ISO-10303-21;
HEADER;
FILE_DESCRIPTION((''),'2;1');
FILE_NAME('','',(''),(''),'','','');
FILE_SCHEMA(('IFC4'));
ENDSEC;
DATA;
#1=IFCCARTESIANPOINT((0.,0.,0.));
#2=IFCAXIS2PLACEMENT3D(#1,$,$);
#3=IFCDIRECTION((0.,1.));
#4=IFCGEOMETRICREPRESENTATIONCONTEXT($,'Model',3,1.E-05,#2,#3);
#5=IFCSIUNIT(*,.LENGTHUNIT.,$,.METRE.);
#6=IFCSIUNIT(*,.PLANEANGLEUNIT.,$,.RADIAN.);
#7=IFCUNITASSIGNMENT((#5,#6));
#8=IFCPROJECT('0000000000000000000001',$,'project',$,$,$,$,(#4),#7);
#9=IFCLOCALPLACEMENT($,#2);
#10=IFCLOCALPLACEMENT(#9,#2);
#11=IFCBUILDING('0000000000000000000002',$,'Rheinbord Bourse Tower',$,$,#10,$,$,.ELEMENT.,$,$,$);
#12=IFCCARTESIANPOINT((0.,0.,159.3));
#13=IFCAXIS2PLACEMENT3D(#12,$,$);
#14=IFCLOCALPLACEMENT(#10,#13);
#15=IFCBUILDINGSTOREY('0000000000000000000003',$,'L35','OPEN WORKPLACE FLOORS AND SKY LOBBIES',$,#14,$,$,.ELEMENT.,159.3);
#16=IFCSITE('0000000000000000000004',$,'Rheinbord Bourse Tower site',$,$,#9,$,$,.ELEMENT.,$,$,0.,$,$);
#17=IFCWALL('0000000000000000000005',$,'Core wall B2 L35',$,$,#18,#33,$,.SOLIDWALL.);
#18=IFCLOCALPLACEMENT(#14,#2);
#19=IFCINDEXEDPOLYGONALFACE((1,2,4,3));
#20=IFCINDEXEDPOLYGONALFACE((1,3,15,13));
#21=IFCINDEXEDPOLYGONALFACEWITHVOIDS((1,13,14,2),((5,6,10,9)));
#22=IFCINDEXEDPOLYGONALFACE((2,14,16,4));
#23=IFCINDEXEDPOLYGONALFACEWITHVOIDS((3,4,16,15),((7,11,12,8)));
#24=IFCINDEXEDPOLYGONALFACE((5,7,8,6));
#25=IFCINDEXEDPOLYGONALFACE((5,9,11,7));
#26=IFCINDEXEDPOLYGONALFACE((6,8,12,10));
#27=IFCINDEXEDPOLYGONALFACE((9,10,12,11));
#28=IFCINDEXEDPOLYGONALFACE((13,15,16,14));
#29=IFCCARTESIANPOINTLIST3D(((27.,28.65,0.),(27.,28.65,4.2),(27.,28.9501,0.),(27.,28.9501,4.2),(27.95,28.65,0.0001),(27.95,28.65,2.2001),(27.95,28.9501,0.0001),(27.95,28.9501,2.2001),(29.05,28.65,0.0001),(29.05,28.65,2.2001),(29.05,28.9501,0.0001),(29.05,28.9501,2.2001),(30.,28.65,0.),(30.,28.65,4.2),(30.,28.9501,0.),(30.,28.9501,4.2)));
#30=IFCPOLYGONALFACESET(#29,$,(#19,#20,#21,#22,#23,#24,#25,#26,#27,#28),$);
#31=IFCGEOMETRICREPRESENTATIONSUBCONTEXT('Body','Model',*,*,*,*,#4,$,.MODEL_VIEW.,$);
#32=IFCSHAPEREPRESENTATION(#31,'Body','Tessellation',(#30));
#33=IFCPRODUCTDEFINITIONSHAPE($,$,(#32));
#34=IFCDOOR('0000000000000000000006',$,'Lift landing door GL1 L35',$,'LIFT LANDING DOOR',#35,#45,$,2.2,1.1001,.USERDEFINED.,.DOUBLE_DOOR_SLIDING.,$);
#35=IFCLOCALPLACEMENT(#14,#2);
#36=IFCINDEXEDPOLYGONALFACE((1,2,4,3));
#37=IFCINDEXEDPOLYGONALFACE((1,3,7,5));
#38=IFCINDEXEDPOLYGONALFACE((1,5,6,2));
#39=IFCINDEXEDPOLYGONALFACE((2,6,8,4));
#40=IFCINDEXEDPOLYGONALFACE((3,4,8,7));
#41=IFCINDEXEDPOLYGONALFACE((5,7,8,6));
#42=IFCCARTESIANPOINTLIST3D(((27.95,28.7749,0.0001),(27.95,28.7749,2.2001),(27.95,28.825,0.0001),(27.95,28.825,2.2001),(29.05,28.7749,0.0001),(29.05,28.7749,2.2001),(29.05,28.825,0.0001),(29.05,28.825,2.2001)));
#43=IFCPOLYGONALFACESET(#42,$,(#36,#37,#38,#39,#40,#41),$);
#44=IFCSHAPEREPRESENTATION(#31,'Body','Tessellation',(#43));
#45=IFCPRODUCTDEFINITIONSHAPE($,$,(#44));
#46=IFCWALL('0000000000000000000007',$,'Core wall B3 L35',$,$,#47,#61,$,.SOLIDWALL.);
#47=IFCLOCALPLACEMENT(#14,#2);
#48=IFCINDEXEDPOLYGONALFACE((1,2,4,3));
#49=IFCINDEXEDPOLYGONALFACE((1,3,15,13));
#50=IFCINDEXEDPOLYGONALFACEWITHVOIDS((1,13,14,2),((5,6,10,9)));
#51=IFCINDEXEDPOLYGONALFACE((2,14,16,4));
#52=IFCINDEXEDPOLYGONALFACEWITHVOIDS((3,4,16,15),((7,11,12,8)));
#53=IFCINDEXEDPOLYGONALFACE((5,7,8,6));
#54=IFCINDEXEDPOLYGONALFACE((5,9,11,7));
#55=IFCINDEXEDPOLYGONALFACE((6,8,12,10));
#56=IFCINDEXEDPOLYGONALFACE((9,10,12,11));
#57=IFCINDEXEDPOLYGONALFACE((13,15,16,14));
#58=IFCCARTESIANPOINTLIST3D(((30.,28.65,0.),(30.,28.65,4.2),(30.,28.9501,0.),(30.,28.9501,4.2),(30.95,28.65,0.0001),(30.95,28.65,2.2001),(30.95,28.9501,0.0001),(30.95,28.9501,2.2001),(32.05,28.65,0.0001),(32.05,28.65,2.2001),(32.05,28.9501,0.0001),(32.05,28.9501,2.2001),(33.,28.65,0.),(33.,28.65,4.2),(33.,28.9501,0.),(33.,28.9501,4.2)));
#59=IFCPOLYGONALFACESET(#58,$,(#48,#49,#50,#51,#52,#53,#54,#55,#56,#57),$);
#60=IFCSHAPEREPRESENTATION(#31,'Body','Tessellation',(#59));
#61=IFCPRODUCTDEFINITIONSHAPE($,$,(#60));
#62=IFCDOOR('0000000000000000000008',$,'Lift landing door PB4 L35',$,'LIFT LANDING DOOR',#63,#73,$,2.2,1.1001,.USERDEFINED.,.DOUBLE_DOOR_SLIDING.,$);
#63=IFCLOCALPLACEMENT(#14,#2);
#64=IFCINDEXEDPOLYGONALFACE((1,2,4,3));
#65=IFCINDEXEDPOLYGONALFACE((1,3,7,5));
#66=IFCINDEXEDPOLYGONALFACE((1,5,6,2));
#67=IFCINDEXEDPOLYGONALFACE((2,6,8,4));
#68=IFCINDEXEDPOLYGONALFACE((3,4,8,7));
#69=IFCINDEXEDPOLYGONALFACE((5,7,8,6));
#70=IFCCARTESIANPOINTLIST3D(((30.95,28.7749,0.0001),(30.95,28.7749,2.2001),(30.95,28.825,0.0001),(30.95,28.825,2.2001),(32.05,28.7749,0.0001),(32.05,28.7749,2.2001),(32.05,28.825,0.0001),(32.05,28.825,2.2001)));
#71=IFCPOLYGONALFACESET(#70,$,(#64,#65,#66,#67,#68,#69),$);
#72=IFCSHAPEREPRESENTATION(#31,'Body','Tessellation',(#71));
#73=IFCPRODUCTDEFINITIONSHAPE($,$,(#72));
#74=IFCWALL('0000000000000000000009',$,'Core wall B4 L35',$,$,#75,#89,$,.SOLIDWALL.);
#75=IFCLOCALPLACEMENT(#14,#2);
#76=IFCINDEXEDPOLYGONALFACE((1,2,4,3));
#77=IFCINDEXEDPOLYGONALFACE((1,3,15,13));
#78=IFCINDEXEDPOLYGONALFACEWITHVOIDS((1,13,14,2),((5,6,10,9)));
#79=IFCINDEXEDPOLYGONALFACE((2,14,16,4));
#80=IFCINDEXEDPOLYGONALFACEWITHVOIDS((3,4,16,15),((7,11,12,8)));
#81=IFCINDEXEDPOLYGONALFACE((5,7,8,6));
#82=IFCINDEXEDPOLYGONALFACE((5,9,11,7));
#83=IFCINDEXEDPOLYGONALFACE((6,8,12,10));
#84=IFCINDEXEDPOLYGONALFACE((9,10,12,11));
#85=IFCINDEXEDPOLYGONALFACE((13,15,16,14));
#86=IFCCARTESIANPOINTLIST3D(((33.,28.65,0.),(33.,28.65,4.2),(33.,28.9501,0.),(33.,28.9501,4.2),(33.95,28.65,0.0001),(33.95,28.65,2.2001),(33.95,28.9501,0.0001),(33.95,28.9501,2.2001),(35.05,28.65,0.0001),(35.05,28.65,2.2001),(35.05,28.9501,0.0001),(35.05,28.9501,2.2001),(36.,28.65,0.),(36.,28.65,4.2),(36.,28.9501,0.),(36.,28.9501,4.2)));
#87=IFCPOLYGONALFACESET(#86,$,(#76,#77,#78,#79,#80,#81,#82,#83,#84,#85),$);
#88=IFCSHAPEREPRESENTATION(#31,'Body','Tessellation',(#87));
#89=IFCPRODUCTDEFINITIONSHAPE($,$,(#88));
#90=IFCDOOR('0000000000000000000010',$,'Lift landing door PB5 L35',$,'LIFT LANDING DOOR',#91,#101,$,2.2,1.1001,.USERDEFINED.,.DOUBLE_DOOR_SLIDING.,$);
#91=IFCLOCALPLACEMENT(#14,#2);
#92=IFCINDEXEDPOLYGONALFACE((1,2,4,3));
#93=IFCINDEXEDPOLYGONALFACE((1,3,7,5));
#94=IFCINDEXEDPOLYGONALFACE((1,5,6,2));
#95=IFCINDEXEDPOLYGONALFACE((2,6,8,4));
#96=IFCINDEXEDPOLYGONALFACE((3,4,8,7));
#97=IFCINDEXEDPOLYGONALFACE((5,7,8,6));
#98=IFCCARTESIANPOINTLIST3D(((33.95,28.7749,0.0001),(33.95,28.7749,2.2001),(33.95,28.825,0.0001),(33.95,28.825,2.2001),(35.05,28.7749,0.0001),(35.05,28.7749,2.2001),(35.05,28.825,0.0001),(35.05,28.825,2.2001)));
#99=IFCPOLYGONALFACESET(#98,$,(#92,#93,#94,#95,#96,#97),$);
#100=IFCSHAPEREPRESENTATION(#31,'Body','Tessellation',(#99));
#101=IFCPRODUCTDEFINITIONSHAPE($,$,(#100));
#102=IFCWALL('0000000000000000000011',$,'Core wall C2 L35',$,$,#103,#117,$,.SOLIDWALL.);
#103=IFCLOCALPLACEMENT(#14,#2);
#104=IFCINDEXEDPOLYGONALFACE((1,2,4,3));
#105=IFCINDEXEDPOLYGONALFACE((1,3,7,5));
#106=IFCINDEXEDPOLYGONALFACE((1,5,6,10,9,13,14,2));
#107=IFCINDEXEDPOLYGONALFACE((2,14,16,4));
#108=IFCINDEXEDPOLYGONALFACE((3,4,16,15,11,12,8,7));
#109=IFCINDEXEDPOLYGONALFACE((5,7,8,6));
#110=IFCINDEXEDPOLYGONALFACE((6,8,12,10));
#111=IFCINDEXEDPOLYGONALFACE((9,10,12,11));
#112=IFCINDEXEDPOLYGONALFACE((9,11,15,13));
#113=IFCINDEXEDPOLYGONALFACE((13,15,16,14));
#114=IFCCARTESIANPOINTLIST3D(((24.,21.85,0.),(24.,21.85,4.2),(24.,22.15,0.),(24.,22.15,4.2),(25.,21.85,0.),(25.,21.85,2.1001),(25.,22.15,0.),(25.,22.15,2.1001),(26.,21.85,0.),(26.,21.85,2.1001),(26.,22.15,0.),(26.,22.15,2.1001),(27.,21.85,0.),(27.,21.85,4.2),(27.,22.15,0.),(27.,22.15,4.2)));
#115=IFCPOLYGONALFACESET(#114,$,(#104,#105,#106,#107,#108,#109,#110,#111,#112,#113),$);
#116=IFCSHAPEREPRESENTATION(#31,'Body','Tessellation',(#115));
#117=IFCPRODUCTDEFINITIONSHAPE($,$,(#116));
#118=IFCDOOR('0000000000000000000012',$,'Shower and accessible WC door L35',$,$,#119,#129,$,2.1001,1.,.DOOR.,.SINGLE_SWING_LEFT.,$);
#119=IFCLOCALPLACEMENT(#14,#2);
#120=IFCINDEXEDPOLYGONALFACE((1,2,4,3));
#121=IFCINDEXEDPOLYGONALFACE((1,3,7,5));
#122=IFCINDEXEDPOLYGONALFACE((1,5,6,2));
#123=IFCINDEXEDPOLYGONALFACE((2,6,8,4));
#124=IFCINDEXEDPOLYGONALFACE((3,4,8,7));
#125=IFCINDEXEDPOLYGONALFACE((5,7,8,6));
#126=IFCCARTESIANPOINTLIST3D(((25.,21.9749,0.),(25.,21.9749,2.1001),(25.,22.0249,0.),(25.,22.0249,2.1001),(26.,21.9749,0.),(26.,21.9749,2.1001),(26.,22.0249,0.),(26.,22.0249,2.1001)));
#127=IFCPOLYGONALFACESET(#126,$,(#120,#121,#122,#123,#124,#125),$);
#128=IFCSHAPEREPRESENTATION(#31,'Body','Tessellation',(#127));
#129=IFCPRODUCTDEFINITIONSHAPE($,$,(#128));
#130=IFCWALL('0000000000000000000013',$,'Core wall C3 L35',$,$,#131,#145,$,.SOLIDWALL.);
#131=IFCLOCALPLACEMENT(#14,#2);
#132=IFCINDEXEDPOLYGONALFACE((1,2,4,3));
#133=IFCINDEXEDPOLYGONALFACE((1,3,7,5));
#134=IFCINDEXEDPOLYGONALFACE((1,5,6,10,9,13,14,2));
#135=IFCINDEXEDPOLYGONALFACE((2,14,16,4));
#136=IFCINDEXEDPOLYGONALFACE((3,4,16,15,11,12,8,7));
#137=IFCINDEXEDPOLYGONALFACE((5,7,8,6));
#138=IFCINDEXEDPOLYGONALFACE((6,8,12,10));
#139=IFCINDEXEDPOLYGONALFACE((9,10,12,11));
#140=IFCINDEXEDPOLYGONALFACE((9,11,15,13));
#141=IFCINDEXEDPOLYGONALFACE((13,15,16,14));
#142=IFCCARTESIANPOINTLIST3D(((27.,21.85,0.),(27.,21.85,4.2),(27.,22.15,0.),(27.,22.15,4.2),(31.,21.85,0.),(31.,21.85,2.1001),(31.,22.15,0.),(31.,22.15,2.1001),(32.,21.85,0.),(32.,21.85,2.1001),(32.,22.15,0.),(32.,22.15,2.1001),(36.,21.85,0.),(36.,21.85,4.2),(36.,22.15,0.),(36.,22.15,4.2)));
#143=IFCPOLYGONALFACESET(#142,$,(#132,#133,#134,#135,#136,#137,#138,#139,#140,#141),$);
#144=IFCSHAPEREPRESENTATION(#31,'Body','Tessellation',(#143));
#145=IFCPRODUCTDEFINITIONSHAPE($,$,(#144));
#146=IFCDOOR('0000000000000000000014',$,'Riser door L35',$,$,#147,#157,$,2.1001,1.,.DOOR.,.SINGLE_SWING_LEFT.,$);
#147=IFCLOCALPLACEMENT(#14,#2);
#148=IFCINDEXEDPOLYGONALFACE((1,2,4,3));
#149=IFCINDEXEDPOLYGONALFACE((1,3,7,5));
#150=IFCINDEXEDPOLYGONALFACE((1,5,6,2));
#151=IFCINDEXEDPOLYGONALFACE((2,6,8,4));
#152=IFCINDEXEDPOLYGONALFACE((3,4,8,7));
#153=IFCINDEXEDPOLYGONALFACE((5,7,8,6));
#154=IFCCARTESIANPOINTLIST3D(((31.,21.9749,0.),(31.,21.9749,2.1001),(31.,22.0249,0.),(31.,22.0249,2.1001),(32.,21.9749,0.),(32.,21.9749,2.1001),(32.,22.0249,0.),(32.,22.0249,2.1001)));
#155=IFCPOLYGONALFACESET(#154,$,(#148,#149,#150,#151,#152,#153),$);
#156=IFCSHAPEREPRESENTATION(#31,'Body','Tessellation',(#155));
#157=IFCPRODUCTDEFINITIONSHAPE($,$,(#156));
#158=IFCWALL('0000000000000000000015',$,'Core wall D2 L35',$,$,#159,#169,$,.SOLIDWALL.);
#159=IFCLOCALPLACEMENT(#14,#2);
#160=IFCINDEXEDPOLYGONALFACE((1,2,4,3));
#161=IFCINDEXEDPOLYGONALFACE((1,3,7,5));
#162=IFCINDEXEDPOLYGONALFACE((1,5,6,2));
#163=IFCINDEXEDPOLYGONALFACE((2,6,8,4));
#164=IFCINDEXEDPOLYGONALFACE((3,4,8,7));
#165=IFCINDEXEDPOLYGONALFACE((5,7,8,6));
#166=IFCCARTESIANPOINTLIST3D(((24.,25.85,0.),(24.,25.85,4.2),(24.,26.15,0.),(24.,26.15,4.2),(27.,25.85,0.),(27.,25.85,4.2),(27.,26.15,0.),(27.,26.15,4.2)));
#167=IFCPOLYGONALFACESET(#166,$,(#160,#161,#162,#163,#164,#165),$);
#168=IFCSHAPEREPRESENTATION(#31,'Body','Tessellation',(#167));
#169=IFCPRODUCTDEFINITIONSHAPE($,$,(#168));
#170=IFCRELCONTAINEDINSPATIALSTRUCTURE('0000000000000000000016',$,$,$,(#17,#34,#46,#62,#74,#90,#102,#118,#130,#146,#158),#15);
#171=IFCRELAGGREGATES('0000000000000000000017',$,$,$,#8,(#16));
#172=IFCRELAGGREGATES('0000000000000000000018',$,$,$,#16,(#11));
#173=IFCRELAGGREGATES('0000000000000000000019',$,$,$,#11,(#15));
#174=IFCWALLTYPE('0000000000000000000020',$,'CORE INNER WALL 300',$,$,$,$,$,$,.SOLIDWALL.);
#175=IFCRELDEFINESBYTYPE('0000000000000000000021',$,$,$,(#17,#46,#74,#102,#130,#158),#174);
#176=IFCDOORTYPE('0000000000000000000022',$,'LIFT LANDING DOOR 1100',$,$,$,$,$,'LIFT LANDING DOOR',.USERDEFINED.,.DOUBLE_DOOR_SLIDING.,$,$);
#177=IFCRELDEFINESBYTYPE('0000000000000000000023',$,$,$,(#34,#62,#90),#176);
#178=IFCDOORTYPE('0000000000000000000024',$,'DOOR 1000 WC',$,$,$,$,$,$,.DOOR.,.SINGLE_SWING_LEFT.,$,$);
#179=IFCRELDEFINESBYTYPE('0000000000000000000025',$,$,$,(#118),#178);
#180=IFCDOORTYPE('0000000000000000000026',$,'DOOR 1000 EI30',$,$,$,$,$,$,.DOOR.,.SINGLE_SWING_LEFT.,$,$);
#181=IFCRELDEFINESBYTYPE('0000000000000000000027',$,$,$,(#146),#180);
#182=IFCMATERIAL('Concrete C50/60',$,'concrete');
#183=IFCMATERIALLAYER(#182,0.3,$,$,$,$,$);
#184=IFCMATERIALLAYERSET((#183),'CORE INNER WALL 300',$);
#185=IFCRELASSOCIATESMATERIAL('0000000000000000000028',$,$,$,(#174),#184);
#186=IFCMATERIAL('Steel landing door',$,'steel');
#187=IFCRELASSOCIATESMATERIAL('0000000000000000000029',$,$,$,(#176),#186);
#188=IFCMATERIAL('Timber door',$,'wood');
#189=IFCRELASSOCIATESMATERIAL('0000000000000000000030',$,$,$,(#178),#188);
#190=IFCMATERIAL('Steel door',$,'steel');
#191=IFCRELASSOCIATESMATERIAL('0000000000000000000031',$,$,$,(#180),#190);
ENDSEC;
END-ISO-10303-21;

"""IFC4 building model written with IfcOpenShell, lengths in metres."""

from ifc_helpers import new_model, si_unit, direction, frame, frame_2d, origin, place, context, subcontext, project, spatial, rectangle, extrude, material, layer, layer_set, type_object, element, fill, save


model = new_model("IFC4")

# Units and contexts
model_context = context("Model", 3, precision=1e-05, world=origin(), true_north=direction((0.0, 1.0)))
body_context = subcontext(model_context, "Body", "Model", "MODEL_VIEW")
ifc_project = project(units=[si_unit("LENGTHUNIT", "METRE"), si_unit("PLANEANGLEUNIT", "RADIAN")], contexts=[model_context])

# Site, building, storey
site_placement = place(None, origin())
site = spatial("IfcSite", under=ifc_project, at=site_placement, Name="Rheinbord Bourse Tower site", CompositionType="ELEMENT", RefElevation=0.0)
building_placement = place(site_placement, origin())
building = spatial("IfcBuilding", under=site, at=building_placement, Name="Rheinbord Bourse Tower", CompositionType="ELEMENT")
storey_placement = place(building_placement, frame((0.0, 0.0, 159.3)))
storey = spatial("IfcBuildingStorey", under=building, at=storey_placement, Name="L35", Description="OPEN WORKPLACE FLOORS AND SKY LOBBIES", CompositionType="ELEMENT", Elevation=159.3)

# Walls, openings, doors
ifc_material_1 = material(Name="Concrete C50/60", Category="concrete")
ifc_layer_1 = layer(ifc_material_1, 0.3)
ifc_layer_set_1 = layer_set([ifc_layer_1], Name="CORE INNER WALL 300")
wall_type_1 = type_object("IfcWallType", Name="CORE INNER WALL 300", PredefinedType="SOLIDWALL", material=ifc_layer_set_1)
wall_1_placement = place(storey_placement, frame((27.0, 28.8, 0.0), z_axis=(0.0, 0.0, 1.0), x_axis=(1.0, 0.0, 0.0)))
wall_1 = element("IfcWall", 1, at=wall_1_placement, inside=storey, type_object=wall_type_1, Name="Core wall B2 L35", PredefinedType="SOLIDWALL", context=body_context, shape_type="SweptSolid", body=[
    extrude(rectangle(XDim=3.0, YDim=0.3, at=frame_2d((1.5, 0.0))), origin(), (0.0, 0.0, 1.0), 4.2),
])
opening_1_placement = place(wall_1_placement, frame((0.95, 0.0, 0.0)))
opening_1 = element("IfcOpeningElement", 2, at=opening_1_placement, cuts=wall_1, PredefinedType="OPENING", context=body_context, shape_type="SweptSolid", body=[
    extrude(rectangle(XDim=1.1001, YDim=2.2, at=frame_2d((0.55, 1.1001))), frame((0.0, 0.1599, 0.0), z_axis=(0.0, -1.0, 0.0), x_axis=(1.0, 0.0, 0.0)), (0.0, 0.0, 1.0), 0.3201),
])
ifc_material_2 = material(Name="Steel landing door", Category="steel")
door_type_1 = type_object("IfcDoorType", Name="LIFT LANDING DOOR 1100", ElementType="LIFT LANDING DOOR", OperationType="DOUBLE_DOOR_SLIDING", PredefinedType="USERDEFINED", material=ifc_material_2)
door_1_placement = place(opening_1_placement, origin())
door_1 = element("IfcDoor", 3, at=door_1_placement, inside=storey, type_object=door_type_1, Name="Lift landing door GL1 L35", ObjectType="LIFT LANDING DOOR", OperationType="DOUBLE_DOOR_SLIDING", OverallHeight=2.2, OverallWidth=1.1001, PredefinedType="USERDEFINED", context=body_context, shape_type="SweptSolid", body=[
    extrude(rectangle(XDim=1.1001, YDim=2.2, at=frame_2d((0.55, 1.1001))), frame((0.0, 0.0249, 0.0), z_axis=(0.0, -1.0, 0.0), x_axis=(1.0, 0.0, 0.0)), (0.0, 0.0, 1.0), 0.05),
])
fill(opening_1, door_1)
wall_2_placement = place(storey_placement, frame((30.0, 28.8, 0.0), z_axis=(0.0, 0.0, 1.0), x_axis=(1.0, 0.0, 0.0)))
wall_2 = element("IfcWall", 4, at=wall_2_placement, inside=storey, type_object=wall_type_1, Name="Core wall B3 L35", PredefinedType="SOLIDWALL", context=body_context, shape_type="SweptSolid", body=[
    extrude(rectangle(XDim=3.0, YDim=0.3, at=frame_2d((1.5, 0.0))), origin(), (0.0, 0.0, 1.0), 4.2),
])
opening_2_placement = place(wall_2_placement, frame((0.95, 0.0, 0.0)))
opening_2 = element("IfcOpeningElement", 5, at=opening_2_placement, cuts=wall_2, PredefinedType="OPENING", context=body_context, shape_type="SweptSolid", body=[
    extrude(rectangle(XDim=1.1001, YDim=2.2, at=frame_2d((0.55, 1.1001))), frame((0.0, 0.1599, 0.0), z_axis=(0.0, -1.0, 0.0), x_axis=(1.0, 0.0, 0.0)), (0.0, 0.0, 1.0), 0.3201),
])
door_2_placement = place(opening_2_placement, origin())
door_2 = element("IfcDoor", 6, at=door_2_placement, inside=storey, type_object=door_type_1, Name="Lift landing door PB4 L35", ObjectType="LIFT LANDING DOOR", OperationType="DOUBLE_DOOR_SLIDING", OverallHeight=2.2, OverallWidth=1.1001, PredefinedType="USERDEFINED", context=body_context, shape_type="SweptSolid", body=[
    extrude(rectangle(XDim=1.1001, YDim=2.2, at=frame_2d((0.55, 1.1001))), frame((0.0, 0.0249, 0.0), z_axis=(0.0, -1.0, 0.0), x_axis=(1.0, 0.0, 0.0)), (0.0, 0.0, 1.0), 0.05),
])
fill(opening_2, door_2)
wall_3_placement = place(storey_placement, frame((33.0, 28.8, 0.0), z_axis=(0.0, 0.0, 1.0), x_axis=(1.0, 0.0, 0.0)))
wall_3 = element("IfcWall", 7, at=wall_3_placement, inside=storey, type_object=wall_type_1, Name="Core wall B4 L35", PredefinedType="SOLIDWALL", context=body_context, shape_type="SweptSolid", body=[
    extrude(rectangle(XDim=3.0, YDim=0.3, at=frame_2d((1.5, 0.0))), origin(), (0.0, 0.0, 1.0), 4.2),
])
opening_3_placement = place(wall_3_placement, frame((0.95, 0.0, 0.0)))
opening_3 = element("IfcOpeningElement", 8, at=opening_3_placement, cuts=wall_3, PredefinedType="OPENING", context=body_context, shape_type="SweptSolid", body=[
    extrude(rectangle(XDim=1.1001, YDim=2.2, at=frame_2d((0.55, 1.1001))), frame((0.0, 0.1599, 0.0), z_axis=(0.0, -1.0, 0.0), x_axis=(1.0, 0.0, 0.0)), (0.0, 0.0, 1.0), 0.3201),
])
door_3_placement = place(opening_3_placement, origin())
door_3 = element("IfcDoor", 9, at=door_3_placement, inside=storey, type_object=door_type_1, Name="Lift landing door PB5 L35", ObjectType="LIFT LANDING DOOR", OperationType="DOUBLE_DOOR_SLIDING", OverallHeight=2.2, OverallWidth=1.1001, PredefinedType="USERDEFINED", context=body_context, shape_type="SweptSolid", body=[
    extrude(rectangle(XDim=1.1001, YDim=2.2, at=frame_2d((0.55, 1.1001))), frame((0.0, 0.0249, 0.0), z_axis=(0.0, -1.0, 0.0), x_axis=(1.0, 0.0, 0.0)), (0.0, 0.0, 1.0), 0.05),
])
fill(opening_3, door_3)
wall_4_placement = place(storey_placement, frame((24.0, 22.0, 0.0), z_axis=(0.0, 0.0, 1.0), x_axis=(1.0, 0.0, 0.0)))
wall_4 = element("IfcWall", 10, at=wall_4_placement, inside=storey, type_object=wall_type_1, Name="Core wall C2 L35", PredefinedType="SOLIDWALL", context=body_context, shape_type="SweptSolid", body=[
    extrude(rectangle(XDim=3.0, YDim=0.3, at=frame_2d((1.5, 0.0))), origin(), (0.0, 0.0, 1.0), 4.2),
])
opening_4_placement = place(wall_4_placement, frame((1.0, 0.0, 0.0)))
opening_4 = element("IfcOpeningElement", 11, at=opening_4_placement, cuts=wall_4, PredefinedType="OPENING", context=body_context, shape_type="SweptSolid", body=[
    extrude(rectangle(XDim=1.0, YDim=2.1001, at=frame_2d((0.5, 1.05))), frame((0.0, 0.1599, 0.0), z_axis=(0.0, -1.0, 0.0), x_axis=(1.0, 0.0, 0.0)), (0.0, 0.0, 1.0), 0.3201),
])
ifc_material_3 = material(Name="Timber door", Category="wood")
door_type_2 = type_object("IfcDoorType", Name="DOOR 1000 WC", OperationType="SINGLE_SWING_LEFT", PredefinedType="DOOR", material=ifc_material_3)
door_4_placement = place(opening_4_placement, origin())
door_4 = element("IfcDoor", 12, at=door_4_placement, inside=storey, type_object=door_type_2, Name="Shower and accessible WC door L35", OperationType="SINGLE_SWING_LEFT", OverallHeight=2.1001, OverallWidth=1.0, PredefinedType="DOOR", context=body_context, shape_type="SweptSolid", body=[
    extrude(rectangle(XDim=1.0, YDim=2.1001, at=frame_2d((0.5, 1.05))), frame((0.0, 0.0249, 0.0), z_axis=(0.0, -1.0, 0.0), x_axis=(1.0, 0.0, 0.0)), (0.0, 0.0, 1.0), 0.05),
])
fill(opening_4, door_4)
wall_5_placement = place(storey_placement, frame((27.0, 22.0, 0.0), z_axis=(0.0, 0.0, 1.0), x_axis=(1.0, 0.0, 0.0)))
wall_5 = element("IfcWall", 13, at=wall_5_placement, inside=storey, type_object=wall_type_1, Name="Core wall C3 L35", PredefinedType="SOLIDWALL", context=body_context, shape_type="SweptSolid", body=[
    extrude(rectangle(XDim=9.0, YDim=0.3, at=frame_2d((4.5, 0.0))), origin(), (0.0, 0.0, 1.0), 4.2),
])
opening_5_placement = place(wall_5_placement, frame((4.0, 0.0, 0.0)))
opening_5 = element("IfcOpeningElement", 14, at=opening_5_placement, cuts=wall_5, PredefinedType="OPENING", context=body_context, shape_type="SweptSolid", body=[
    extrude(rectangle(XDim=1.0, YDim=2.1001, at=frame_2d((0.5, 1.05))), frame((0.0, 0.1599, 0.0), z_axis=(0.0, -1.0, 0.0), x_axis=(1.0, 0.0, 0.0)), (0.0, 0.0, 1.0), 0.3201),
])
ifc_material_4 = material(Name="Steel door", Category="steel")
door_type_3 = type_object("IfcDoorType", Name="DOOR 1000 EI30", OperationType="SINGLE_SWING_LEFT", PredefinedType="DOOR", material=ifc_material_4)
door_5_placement = place(opening_5_placement, origin())
door_5 = element("IfcDoor", 15, at=door_5_placement, inside=storey, type_object=door_type_3, Name="Riser door L35", OperationType="SINGLE_SWING_LEFT", OverallHeight=2.1001, OverallWidth=1.0, PredefinedType="DOOR", context=body_context, shape_type="SweptSolid", body=[
    extrude(rectangle(XDim=1.0, YDim=2.1001, at=frame_2d((0.5, 1.05))), frame((0.0, 0.0249, 0.0), z_axis=(0.0, -1.0, 0.0), x_axis=(1.0, 0.0, 0.0)), (0.0, 0.0, 1.0), 0.05),
])
fill(opening_5, door_5)

# Wall
wall_6_placement = place(storey_placement, frame((24.0, 26.0, 0.0), z_axis=(0.0, 0.0, 1.0), x_axis=(1.0, 0.0, 0.0)))
element("IfcWall", 16, at=wall_6_placement, inside=storey, type_object=wall_type_1, Name="Core wall D2 L35", PredefinedType="SOLIDWALL", context=body_context, shape_type="SweptSolid", body=[
    extrude(rectangle(XDim=3.0, YDim=0.3, at=frame_2d((1.5, 0.0))), origin(), (0.0, 0.0, 1.0), 4.2),
])

save(model, "model.ifc")
